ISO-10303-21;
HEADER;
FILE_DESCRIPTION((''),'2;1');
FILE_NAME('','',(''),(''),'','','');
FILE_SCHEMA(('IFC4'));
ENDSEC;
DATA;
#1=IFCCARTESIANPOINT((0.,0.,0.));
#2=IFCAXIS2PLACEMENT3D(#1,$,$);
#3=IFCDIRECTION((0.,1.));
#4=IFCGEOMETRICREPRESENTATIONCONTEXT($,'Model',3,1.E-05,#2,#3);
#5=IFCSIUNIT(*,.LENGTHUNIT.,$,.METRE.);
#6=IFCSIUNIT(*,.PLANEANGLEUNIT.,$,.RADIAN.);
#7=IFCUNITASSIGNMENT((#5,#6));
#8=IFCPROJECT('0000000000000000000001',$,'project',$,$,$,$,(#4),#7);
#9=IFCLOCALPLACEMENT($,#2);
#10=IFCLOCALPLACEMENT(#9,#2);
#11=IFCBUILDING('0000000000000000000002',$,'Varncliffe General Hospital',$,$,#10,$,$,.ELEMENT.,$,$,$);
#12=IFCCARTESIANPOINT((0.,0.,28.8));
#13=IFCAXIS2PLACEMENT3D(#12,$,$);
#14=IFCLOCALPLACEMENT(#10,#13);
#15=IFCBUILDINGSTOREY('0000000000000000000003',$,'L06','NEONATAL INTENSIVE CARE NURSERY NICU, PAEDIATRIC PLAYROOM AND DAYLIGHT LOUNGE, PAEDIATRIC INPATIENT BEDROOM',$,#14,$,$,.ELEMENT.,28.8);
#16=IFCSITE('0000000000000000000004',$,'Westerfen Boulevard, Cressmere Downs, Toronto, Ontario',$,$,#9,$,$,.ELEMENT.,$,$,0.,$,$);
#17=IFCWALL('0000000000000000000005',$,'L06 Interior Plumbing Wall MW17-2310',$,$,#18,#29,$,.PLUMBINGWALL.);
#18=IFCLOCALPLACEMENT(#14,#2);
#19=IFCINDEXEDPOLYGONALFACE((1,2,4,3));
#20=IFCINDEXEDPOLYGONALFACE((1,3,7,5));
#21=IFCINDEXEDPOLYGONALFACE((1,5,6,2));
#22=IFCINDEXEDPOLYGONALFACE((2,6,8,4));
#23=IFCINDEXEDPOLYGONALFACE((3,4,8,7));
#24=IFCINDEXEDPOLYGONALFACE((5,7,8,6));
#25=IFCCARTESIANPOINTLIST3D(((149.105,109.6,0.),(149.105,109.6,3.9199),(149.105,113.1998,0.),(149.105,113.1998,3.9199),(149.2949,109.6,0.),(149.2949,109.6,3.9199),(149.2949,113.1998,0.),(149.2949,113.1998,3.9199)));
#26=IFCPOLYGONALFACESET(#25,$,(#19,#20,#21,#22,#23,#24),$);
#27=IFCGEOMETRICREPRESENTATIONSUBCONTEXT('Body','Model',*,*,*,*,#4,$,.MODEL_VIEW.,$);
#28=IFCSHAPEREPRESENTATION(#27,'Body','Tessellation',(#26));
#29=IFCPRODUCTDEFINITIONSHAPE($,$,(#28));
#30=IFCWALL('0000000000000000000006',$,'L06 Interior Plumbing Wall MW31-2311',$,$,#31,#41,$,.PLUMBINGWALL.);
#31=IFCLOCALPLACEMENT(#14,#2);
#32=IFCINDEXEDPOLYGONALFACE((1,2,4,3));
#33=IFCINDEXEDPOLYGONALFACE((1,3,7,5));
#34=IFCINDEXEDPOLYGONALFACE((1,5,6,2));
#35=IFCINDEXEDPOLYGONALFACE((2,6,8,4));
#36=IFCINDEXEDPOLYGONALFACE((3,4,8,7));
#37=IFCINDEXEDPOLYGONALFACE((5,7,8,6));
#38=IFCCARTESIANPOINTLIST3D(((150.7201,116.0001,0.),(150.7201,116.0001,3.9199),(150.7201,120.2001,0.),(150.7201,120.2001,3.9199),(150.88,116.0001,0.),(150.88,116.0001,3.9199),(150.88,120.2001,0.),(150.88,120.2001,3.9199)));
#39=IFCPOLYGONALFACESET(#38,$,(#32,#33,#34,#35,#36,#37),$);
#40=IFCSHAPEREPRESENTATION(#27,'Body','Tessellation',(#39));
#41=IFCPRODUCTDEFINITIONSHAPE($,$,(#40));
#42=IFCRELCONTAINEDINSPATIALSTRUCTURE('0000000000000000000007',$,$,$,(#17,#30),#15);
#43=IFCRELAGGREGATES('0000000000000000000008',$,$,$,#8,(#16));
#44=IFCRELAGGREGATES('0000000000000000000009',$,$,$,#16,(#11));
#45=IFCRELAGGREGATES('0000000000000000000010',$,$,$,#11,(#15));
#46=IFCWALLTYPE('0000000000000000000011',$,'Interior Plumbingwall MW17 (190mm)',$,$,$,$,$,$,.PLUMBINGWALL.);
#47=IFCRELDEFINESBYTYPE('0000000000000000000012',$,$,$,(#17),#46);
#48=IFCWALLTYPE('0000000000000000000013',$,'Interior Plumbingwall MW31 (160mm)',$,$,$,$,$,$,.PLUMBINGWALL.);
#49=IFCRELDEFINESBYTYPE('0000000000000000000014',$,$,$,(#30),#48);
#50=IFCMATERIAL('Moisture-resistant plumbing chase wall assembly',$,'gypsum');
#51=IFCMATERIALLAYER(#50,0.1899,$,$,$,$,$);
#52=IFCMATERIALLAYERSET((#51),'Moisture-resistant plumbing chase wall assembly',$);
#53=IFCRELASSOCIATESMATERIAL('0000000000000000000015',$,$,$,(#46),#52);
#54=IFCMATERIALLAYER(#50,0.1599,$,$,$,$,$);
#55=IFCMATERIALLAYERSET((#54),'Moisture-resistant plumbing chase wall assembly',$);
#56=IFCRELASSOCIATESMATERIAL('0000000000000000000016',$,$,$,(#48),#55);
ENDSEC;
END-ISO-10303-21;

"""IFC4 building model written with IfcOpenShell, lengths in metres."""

from ifc_helpers import new_model, si_unit, direction, frame, frame_2d, origin, place, context, subcontext, project, spatial, rectangle, extrude, material, layer, layer_set, type_object, element, save


model = new_model("IFC4")

# Units and contexts
model_context = context("Model", 3, precision=1e-05, world=origin(), true_north=direction((0.0, 1.0)))
body_context = subcontext(model_context, "Body", "Model", "MODEL_VIEW")
ifc_project = project(units=[si_unit("LENGTHUNIT", "METRE"), si_unit("PLANEANGLEUNIT", "RADIAN")], contexts=[model_context])

# Site, building, storey
site_placement = place(None, origin())
site = spatial("IfcSite", under=ifc_project, at=site_placement, Name="Westerfen Boulevard, Cressmere Downs, Toronto, Ontario", CompositionType="ELEMENT", RefElevation=0.0)
building_placement = place(site_placement, origin())
building = spatial("IfcBuilding", under=site, at=building_placement, Name="Varncliffe General Hospital", CompositionType="ELEMENT")
storey_placement = place(building_placement, frame((0.0, 0.0, 28.8)))
storey = spatial("IfcBuildingStorey", under=building, at=storey_placement, Name="L06", Description="NEONATAL INTENSIVE CARE NURSERY NICU, PAEDIATRIC PLAYROOM AND DAYLIGHT LOUNGE, PAEDIATRIC INPATIENT BEDROOM", CompositionType="ELEMENT", Elevation=28.8)

# Walls
ifc_material_1 = material(Name="Moisture-resistant plumbing chase wall assembly", Category="gypsum")
ifc_layer_1 = layer(ifc_material_1, 0.1899)
ifc_layer_set_1 = layer_set([ifc_layer_1], Name="Moisture-resistant plumbing chase wall assembly")
wall_type_1 = type_object("IfcWallType", Name="Interior Plumbingwall MW17 (190mm)", PredefinedType="PLUMBINGWALL", material=ifc_layer_set_1)
wall_1_placement = place(storey_placement, frame((149.2, 109.6001, 0.0), z_axis=(0.0, 0.0, 1.0), x_axis=(0.0, 1.0, 0.0)))
element("IfcWall", 1, at=wall_1_placement, inside=storey, type_object=wall_type_1, Name="L06 Interior Plumbing Wall MW17-2310", PredefinedType="PLUMBINGWALL", context=body_context, shape_type="SweptSolid", body=[
    extrude(rectangle(XDim=3.5999, YDim=0.1899, at=frame_2d((1.7998, 0.0))), origin(), (0.0, 0.0, 1.0), 3.9199),
])
ifc_layer_2 = layer(ifc_material_1, 0.1599)
ifc_layer_set_2 = layer_set([ifc_layer_2], Name="Moisture-resistant plumbing chase wall assembly")
wall_type_2 = type_object("IfcWallType", Name="Interior Plumbingwall MW31 (160mm)", PredefinedType="PLUMBINGWALL", material=ifc_layer_set_2)
wall_2_placement = place(storey_placement, frame((150.8, 116.0, 0.0), z_axis=(0.0, 0.0, 1.0), x_axis=(0.0, 1.0, 0.0)))
element("IfcWall", 2, at=wall_2_placement, inside=storey, type_object=wall_type_2, Name="L06 Interior Plumbing Wall MW31-2311", PredefinedType="PLUMBINGWALL", context=body_context, shape_type="SweptSolid", body=[
    extrude(rectangle(XDim=4.2, YDim=0.1599, at=frame_2d((2.1001, 0.0))), origin(), (0.0, 0.0, 1.0), 3.9199),
])

save(model, "model.ifc")
